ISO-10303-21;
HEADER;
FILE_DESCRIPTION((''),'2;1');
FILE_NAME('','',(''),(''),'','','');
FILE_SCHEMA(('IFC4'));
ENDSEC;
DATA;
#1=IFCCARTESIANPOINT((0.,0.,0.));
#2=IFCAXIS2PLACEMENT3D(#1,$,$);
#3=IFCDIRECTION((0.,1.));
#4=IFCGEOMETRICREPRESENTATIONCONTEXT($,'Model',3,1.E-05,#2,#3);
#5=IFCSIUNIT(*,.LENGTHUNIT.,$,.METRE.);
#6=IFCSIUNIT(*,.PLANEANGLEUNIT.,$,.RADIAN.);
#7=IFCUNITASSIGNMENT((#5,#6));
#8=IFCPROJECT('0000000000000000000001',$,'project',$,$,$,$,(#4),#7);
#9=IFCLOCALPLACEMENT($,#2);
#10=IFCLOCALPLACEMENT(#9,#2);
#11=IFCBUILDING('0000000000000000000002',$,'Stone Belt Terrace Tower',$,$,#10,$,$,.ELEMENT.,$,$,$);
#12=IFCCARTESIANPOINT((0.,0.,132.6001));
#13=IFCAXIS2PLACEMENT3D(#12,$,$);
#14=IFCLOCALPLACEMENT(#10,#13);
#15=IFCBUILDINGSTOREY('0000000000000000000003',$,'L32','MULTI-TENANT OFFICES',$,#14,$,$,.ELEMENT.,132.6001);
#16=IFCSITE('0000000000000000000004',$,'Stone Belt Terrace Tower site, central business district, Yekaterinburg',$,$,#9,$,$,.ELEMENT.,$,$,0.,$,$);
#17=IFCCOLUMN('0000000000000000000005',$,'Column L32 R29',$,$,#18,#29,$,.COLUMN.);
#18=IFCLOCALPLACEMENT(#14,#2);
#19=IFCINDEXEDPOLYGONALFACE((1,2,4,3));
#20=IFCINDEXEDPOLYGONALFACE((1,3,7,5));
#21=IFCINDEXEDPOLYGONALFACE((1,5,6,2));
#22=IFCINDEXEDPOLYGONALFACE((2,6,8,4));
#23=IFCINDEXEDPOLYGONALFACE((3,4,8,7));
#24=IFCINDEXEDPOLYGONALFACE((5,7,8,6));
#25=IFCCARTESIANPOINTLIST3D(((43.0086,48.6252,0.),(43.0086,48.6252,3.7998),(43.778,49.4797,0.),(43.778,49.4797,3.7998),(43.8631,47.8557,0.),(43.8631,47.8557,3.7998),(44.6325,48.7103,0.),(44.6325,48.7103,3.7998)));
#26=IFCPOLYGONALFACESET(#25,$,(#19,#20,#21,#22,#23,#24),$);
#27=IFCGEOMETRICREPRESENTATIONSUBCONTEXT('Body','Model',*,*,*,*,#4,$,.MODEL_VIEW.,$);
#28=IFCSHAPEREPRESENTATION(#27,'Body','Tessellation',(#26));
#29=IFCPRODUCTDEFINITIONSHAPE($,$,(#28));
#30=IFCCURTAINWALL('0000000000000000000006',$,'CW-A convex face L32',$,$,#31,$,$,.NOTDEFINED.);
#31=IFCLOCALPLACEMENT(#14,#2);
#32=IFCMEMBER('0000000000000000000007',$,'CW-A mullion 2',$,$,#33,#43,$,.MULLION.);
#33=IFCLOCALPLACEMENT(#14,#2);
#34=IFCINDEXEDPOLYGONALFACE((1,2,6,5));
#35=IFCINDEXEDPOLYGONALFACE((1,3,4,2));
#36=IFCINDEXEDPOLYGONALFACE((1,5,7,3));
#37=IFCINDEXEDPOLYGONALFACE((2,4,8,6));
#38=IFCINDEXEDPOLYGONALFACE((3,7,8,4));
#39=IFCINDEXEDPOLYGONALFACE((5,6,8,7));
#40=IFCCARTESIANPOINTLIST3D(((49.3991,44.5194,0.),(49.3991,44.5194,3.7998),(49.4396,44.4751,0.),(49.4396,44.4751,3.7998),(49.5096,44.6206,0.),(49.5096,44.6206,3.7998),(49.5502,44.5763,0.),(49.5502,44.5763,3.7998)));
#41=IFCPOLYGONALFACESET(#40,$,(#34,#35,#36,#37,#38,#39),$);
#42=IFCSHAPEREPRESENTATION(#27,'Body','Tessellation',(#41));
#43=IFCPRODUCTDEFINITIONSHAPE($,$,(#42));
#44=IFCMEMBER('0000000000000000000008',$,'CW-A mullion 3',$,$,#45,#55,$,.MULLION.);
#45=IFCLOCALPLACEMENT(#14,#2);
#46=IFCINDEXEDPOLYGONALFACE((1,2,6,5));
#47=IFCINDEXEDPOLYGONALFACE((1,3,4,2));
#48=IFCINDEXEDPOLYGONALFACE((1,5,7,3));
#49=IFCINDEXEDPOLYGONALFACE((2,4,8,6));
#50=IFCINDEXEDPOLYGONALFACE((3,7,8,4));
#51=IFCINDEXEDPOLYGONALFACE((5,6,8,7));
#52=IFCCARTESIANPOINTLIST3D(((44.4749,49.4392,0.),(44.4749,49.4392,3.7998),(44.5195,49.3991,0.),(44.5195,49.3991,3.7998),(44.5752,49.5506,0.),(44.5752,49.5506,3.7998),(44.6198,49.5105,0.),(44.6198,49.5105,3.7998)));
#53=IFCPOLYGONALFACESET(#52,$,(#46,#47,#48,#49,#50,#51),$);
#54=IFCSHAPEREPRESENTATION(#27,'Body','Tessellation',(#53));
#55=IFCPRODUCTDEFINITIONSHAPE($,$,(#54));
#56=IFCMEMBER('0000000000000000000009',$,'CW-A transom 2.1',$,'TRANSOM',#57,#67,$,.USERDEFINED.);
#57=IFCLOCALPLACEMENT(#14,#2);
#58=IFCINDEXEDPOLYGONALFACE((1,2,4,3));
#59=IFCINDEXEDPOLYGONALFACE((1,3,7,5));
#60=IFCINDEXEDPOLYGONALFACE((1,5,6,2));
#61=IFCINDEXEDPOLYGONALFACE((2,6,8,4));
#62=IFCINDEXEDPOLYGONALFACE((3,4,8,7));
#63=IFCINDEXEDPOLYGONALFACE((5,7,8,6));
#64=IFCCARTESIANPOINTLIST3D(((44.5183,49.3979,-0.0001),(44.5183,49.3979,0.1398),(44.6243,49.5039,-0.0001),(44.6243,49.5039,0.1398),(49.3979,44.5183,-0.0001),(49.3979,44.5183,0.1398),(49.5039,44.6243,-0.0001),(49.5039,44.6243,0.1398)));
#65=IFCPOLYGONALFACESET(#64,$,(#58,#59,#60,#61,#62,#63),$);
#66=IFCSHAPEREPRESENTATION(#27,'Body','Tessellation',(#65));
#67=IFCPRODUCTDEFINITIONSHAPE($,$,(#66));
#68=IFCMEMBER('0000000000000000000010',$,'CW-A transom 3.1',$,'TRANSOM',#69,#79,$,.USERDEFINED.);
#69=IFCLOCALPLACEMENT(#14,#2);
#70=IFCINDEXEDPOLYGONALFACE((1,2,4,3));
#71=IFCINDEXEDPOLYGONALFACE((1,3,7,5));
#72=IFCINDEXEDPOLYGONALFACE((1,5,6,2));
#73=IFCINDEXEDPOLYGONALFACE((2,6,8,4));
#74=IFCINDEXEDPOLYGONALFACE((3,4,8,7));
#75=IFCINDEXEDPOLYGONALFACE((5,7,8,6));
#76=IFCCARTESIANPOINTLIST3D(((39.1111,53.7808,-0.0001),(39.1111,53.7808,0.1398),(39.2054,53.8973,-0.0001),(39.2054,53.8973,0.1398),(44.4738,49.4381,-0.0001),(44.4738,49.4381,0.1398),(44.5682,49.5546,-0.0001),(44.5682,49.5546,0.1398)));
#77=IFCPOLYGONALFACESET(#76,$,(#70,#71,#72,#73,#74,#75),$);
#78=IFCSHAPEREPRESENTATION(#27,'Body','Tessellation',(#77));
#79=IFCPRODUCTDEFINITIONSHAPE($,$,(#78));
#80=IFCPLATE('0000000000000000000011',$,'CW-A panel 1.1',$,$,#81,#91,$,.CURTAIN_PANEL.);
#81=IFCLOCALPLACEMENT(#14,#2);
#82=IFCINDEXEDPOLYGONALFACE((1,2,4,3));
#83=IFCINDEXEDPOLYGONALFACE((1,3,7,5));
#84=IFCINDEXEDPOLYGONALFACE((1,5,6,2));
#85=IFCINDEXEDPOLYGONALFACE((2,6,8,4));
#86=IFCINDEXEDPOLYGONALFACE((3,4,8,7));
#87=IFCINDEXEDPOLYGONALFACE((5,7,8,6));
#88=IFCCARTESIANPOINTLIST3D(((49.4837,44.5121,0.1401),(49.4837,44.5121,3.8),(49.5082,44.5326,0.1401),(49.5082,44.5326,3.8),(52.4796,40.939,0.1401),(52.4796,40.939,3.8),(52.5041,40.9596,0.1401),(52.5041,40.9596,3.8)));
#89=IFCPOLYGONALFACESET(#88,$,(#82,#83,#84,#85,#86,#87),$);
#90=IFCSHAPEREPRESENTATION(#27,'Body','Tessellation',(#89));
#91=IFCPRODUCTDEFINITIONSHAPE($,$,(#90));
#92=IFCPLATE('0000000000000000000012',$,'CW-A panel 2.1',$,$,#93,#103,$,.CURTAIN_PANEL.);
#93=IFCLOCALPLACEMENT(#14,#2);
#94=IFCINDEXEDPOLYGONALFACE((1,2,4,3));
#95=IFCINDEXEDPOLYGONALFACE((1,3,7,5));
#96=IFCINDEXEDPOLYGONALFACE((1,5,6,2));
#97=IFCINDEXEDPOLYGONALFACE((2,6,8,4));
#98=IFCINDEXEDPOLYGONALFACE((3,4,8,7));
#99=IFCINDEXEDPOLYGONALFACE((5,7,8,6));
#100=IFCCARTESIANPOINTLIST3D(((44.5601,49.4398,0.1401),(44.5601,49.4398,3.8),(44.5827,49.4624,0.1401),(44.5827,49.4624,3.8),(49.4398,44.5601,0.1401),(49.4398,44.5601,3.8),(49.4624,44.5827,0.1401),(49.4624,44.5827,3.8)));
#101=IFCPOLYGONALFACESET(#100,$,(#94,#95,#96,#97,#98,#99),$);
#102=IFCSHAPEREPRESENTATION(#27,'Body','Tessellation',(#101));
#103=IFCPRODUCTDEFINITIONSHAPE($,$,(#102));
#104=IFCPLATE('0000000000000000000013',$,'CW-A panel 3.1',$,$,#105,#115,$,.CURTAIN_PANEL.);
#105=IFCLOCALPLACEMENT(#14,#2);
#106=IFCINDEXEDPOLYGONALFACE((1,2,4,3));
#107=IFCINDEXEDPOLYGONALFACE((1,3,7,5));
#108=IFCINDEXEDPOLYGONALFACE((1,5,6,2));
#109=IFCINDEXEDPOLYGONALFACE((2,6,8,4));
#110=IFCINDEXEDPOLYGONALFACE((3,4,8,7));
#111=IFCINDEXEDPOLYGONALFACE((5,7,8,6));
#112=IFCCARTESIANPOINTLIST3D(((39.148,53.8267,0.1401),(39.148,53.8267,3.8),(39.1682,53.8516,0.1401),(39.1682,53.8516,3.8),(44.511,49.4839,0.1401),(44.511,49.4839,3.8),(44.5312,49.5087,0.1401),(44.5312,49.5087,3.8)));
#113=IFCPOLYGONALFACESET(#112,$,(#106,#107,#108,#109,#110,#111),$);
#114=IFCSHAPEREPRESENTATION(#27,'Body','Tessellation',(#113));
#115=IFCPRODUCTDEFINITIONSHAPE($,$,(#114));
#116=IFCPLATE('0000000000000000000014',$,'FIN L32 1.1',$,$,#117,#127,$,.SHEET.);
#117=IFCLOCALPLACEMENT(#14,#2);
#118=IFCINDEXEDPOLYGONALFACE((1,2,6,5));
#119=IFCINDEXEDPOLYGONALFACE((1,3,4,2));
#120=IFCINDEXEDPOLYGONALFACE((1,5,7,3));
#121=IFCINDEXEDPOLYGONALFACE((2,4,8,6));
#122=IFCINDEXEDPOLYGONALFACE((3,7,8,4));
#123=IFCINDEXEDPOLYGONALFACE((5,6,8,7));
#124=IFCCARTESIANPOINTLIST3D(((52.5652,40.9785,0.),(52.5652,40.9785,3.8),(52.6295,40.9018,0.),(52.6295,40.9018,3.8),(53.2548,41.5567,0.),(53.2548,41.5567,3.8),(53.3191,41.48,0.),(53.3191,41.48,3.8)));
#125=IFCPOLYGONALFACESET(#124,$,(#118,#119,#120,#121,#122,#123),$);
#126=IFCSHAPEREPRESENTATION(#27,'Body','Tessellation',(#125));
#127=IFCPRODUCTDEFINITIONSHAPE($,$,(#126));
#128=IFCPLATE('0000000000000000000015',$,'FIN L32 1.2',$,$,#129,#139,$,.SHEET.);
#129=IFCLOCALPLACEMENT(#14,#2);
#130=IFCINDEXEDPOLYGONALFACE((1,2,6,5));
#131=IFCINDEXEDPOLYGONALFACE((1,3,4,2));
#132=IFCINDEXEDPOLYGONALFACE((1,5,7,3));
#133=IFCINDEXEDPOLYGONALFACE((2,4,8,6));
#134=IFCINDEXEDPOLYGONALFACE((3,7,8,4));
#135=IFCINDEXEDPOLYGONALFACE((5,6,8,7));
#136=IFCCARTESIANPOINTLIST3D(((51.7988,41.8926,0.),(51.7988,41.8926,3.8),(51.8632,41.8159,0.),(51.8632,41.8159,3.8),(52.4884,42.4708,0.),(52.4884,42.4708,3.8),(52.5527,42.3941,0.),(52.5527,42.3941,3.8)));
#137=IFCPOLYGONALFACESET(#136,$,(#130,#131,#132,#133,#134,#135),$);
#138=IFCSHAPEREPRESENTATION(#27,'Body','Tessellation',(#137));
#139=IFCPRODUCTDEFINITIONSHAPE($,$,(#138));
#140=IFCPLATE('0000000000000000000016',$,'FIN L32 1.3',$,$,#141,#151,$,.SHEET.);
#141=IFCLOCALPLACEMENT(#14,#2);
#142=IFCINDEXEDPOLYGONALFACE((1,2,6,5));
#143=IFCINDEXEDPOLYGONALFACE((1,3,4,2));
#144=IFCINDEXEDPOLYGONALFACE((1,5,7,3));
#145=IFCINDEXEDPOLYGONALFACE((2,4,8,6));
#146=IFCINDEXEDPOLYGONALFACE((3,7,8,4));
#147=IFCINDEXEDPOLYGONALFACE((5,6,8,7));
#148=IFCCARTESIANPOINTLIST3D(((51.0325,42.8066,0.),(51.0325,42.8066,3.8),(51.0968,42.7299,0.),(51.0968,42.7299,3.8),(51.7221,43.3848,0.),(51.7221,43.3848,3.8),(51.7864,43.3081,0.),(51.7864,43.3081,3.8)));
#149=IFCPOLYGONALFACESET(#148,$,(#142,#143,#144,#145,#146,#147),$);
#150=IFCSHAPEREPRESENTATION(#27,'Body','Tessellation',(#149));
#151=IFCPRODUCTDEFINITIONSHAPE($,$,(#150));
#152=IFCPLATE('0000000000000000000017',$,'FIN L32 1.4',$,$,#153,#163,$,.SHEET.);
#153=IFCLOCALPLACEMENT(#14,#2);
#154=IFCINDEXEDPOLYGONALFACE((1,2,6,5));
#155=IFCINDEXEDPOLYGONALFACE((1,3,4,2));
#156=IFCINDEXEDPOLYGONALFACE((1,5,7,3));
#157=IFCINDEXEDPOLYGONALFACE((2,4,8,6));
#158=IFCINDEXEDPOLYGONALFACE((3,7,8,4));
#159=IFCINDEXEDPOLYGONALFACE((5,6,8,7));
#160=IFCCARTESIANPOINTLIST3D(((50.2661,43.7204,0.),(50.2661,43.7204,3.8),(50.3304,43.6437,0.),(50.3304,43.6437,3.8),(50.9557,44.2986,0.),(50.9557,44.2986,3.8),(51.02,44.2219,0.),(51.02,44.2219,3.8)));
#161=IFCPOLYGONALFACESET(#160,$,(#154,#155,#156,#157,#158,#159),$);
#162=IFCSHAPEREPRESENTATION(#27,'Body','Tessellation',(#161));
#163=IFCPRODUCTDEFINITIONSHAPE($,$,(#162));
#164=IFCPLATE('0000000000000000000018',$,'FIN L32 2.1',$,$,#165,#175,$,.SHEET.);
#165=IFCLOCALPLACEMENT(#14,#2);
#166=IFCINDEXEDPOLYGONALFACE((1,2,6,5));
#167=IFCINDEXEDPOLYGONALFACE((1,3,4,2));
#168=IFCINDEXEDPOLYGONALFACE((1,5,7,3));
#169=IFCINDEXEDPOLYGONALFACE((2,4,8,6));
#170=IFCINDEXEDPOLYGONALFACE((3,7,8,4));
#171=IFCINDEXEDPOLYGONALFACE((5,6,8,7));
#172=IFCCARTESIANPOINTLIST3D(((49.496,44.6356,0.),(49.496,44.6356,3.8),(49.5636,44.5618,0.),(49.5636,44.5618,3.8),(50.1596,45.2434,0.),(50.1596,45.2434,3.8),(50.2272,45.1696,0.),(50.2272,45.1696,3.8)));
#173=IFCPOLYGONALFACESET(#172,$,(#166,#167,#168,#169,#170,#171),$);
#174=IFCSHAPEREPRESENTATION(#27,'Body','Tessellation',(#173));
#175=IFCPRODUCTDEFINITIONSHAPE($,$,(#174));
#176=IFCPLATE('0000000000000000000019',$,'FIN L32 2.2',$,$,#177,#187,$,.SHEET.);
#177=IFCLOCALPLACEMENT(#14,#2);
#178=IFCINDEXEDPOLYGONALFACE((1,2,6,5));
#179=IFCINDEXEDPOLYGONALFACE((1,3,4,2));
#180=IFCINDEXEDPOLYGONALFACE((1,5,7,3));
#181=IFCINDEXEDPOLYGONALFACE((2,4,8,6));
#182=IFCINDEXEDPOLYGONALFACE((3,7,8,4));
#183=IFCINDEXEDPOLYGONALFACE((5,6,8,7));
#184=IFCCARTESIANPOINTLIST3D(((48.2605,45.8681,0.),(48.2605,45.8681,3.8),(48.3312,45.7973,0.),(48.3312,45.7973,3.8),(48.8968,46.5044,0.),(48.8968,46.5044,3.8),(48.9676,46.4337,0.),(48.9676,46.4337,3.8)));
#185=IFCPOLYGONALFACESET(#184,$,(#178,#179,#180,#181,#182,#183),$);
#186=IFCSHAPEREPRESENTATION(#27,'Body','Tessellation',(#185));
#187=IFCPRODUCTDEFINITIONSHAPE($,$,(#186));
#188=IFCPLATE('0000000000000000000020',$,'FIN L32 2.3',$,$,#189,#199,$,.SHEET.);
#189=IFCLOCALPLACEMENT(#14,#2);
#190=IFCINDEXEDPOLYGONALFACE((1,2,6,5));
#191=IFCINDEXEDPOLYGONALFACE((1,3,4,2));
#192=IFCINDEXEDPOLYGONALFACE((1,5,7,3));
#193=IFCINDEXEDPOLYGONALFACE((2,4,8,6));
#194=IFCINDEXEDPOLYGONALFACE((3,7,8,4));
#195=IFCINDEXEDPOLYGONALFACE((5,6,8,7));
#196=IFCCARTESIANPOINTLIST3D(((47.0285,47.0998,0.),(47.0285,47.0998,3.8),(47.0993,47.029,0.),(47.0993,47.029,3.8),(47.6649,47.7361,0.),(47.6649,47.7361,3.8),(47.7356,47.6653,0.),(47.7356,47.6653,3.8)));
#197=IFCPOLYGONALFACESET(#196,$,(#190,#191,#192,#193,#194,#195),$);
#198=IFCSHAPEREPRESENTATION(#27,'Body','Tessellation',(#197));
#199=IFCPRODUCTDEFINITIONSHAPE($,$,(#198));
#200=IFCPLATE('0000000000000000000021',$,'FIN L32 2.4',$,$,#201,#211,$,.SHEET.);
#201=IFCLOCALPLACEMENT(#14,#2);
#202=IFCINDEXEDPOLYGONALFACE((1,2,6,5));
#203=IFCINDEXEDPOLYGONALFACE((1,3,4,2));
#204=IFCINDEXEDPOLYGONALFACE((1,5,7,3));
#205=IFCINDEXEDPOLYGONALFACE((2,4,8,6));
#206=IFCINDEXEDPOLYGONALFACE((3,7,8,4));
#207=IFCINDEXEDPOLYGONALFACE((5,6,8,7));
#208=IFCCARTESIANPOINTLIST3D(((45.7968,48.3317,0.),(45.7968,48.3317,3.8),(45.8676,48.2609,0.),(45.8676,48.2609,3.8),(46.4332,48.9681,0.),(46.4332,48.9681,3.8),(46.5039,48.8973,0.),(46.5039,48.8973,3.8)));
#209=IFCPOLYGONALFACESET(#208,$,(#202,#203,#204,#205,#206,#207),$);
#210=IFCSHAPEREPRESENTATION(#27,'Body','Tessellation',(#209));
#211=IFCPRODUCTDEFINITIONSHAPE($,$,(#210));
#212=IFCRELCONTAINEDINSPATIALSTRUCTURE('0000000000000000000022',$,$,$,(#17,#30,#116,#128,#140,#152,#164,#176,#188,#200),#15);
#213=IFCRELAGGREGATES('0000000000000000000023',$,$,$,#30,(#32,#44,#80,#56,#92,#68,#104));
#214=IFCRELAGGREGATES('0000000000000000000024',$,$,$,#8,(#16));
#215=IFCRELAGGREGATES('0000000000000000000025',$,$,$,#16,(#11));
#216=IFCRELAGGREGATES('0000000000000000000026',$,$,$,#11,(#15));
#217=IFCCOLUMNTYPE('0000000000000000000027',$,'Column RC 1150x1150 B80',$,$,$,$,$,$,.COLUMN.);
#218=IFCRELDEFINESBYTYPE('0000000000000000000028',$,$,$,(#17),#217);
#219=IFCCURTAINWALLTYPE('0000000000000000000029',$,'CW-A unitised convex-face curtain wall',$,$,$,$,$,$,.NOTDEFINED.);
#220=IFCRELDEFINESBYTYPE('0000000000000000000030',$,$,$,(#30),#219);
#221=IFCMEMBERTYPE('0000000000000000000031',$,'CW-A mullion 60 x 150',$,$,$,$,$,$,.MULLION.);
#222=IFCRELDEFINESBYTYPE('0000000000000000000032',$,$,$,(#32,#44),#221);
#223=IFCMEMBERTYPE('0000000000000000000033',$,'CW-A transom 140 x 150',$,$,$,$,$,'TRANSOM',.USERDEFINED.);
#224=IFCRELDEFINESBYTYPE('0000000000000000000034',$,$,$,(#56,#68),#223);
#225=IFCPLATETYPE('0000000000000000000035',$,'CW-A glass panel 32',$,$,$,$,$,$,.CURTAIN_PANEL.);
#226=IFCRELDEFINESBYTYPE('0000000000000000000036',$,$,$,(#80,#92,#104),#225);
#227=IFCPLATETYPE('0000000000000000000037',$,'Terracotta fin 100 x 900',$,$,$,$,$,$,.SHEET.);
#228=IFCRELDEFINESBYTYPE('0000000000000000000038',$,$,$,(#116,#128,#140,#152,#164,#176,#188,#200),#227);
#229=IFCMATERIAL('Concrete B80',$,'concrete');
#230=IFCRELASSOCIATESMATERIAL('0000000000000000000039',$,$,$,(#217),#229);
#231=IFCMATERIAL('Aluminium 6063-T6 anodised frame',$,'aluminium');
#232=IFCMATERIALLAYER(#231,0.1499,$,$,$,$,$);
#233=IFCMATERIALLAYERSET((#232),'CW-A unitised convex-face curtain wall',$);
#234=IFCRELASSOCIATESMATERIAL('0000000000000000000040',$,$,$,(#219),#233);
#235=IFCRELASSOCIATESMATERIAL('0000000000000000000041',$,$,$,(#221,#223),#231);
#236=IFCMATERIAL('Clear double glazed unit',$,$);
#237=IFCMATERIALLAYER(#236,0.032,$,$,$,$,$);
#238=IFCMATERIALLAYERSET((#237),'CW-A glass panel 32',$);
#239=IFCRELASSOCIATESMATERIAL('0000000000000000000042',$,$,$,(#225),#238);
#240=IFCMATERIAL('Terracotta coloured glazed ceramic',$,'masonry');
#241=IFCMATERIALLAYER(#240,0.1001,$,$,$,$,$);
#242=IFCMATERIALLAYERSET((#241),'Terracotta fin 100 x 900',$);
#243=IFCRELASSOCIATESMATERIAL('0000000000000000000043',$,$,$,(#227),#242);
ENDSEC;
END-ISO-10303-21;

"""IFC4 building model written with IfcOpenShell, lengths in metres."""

from ifc_helpers import new_model, si_unit, direction, frame, origin, origin_2d, place, context, subcontext, project, spatial, rectangle, extrude, material, layer, layer_set, material_profile, profile_set, type_object, element, aggregate, save


model = new_model("IFC4")

# Units and contexts
model_context = context("Model", 3, precision=1e-05, world=origin(), true_north=direction((0.0, 1.0)))
body_context = subcontext(model_context, "Body", "Model", "MODEL_VIEW")
ifc_project = project(units=[si_unit("LENGTHUNIT", "METRE"), si_unit("PLANEANGLEUNIT", "RADIAN")], contexts=[model_context])

# Site, building, storey
site_placement = place(None, origin())
site = spatial("IfcSite", under=ifc_project, at=site_placement, Name="Stone Belt Terrace Tower site, central business district, Yekaterinburg", CompositionType="ELEMENT", RefElevation=0.0)
building_placement = place(site_placement, origin())
building = spatial("IfcBuilding", under=site, at=building_placement, Name="Stone Belt Terrace Tower", CompositionType="ELEMENT")
storey_placement = place(building_placement, frame((0.0, 0.0, 132.6001)))
storey = spatial("IfcBuildingStorey", under=building, at=storey_placement, Name="L32", Description="MULTI-TENANT OFFICES", CompositionType="ELEMENT", Elevation=132.6001)

# Column
ifc_material_1 = material(Name="Concrete B80", Category="concrete")
ifc_material_profile_1 = material_profile(ifc_material_1, rectangle(XDim=1.1499, YDim=1.1499, at=origin_2d()), Name="RC 1150x1150")
ifc_profile_set_1 = profile_set([ifc_material_profile_1], Name="Concrete B80")
column_type = type_object("IfcColumnType", Name="Column RC 1150x1150 B80", PredefinedType="COLUMN", material=ifc_profile_set_1)
column_placement = place(storey_placement, frame((43.8206, 48.6677, 0.0), z_axis=(0.0, 0.0, 1.0), x_axis=(0.743145, -0.669131, 0.0)))
element("IfcColumn", 1, at=column_placement, inside=storey, type_object=column_type, Name="Column L32 R29", PredefinedType="COLUMN", context=body_context, shape_type="SweptSolid", body=[
    extrude(rectangle(XDim=1.1499, YDim=1.1499, at=origin_2d()), origin(), (0.0, 0.0, 1.0), 3.7998),
])

# Curtain wall, members, plates
ifc_material_2 = material(Name="Aluminium 6063-T6 anodised frame", Category="aluminium")
ifc_layer_1 = layer(ifc_material_2, 0.1499)
ifc_layer_set_1 = layer_set([ifc_layer_1], Name="CW-A unitised convex-face curtain wall")
curtain_wall_type = type_object("IfcCurtainWallType", Name="CW-A unitised convex-face curtain wall", PredefinedType="NOTDEFINED", material=ifc_layer_set_1)
curtain_wall_placement = place(storey_placement, origin())
curtain_wall = element("IfcCurtainWall", 2, at=curtain_wall_placement, inside=storey, type_object=curtain_wall_type, Name="CW-A convex face L32", PredefinedType="NOTDEFINED")
ifc_material_profile_2 = material_profile(ifc_material_2, rectangle(XDim=0.1499, YDim=0.0601, at=origin_2d()), Name="Aluminium 6063-T6 60x150")
ifc_profile_set_2 = profile_set([ifc_material_profile_2], Name="Aluminium 6063-T6 anodised frame")
member_type_1 = type_object("IfcMemberType", Name="CW-A mullion 60 x 150", PredefinedType="MULLION", material=ifc_profile_set_2)
member_1_placement = place(storey_placement, frame((49.4746, 44.5479, 0.0), z_axis=(0.0, 0.0, 1.0), x_axis=(-0.7374, -0.675456, 0.0)))
member_1 = element("IfcMember", 3, at=member_1_placement, type_object=member_type_1, Name="CW-A mullion 2", PredefinedType="MULLION", context=body_context, shape_type="SweptSolid", body=[
    extrude(rectangle(XDim=0.1499, YDim=0.0601, at=origin_2d()), origin(), (0.0, 0.0, 1.0), 3.7998),
])
member_2_placement = place(storey_placement, frame((44.5474, 49.4749, 0.0), z_axis=(0.0, 0.0, 1.0), x_axis=(-0.669131, -0.743145, 0.0)))
member_2 = element("IfcMember", 4, at=member_2_placement, type_object=member_type_1, Name="CW-A mullion 3", PredefinedType="MULLION", context=body_context, shape_type="SweptSolid", body=[
    extrude(rectangle(XDim=0.1499, YDim=0.0601, at=origin_2d()), origin(), (0.0, 0.0, 1.0), 3.7998),
])
ifc_material_profile_3 = material_profile(ifc_material_2, rectangle(XDim=0.1499, YDim=0.1399, at=origin_2d()), Name="Aluminium 6063-T6 150x140")
ifc_profile_set_3 = profile_set([ifc_material_profile_3], Name="Aluminium 6063-T6 anodised frame")
member_type_2 = type_object("IfcMemberType", Name="CW-A transom 140 x 150", ElementType="TRANSOM", PredefinedType="USERDEFINED", material=ifc_profile_set_3)
member_3_placement = place(storey_placement, frame((49.4509, 44.5713, 0.0698), z_axis=(-0.707107, 0.707107, 0.0), x_axis=(-0.707107, -0.707107, 0.0)))
member_3 = element("IfcMember", 5, at=member_3_placement, type_object=member_type_2, Name="CW-A transom 2.1", ObjectType="TRANSOM", PredefinedType="USERDEFINED", context=body_context, shape_type="SweptSolid", body=[
    extrude(rectangle(XDim=0.1499, YDim=0.1399, at=origin_2d()), origin(), (0.0, 0.0, 1.0), 6.9009),
])
member_4_placement = place(storey_placement, frame((44.521, 49.4963, 0.0698), z_axis=(-0.777141, 0.629326, 0.0), x_axis=(-0.629326, -0.777141, 0.0)))
member_4 = element("IfcMember", 6, at=member_4_placement, type_object=member_type_2, Name="CW-A transom 3.1", ObjectType="TRANSOM", PredefinedType="USERDEFINED", context=body_context, shape_type="SweptSolid", body=[
    extrude(rectangle(XDim=0.1499, YDim=0.1399, at=origin_2d()), origin(), (0.0, 0.0, 1.0), 6.9006),
])
ifc_material_3 = material(Name="Clear double glazed unit")
ifc_layer_2 = layer(ifc_material_3, 0.032)
ifc_layer_set_2 = layer_set([ifc_layer_2], Name="CW-A glass panel 32")
plate_type_1 = type_object("IfcPlateType", Name="CW-A glass panel 32", PredefinedType="CURTAIN_PANEL", material=ifc_layer_set_2)
plate_1_placement = place(storey_placement, frame((50.9939, 42.7358, 0.1401), z_axis=(0.0, 0.0, 1.0), x_axis=(-0.642509, 0.766278, 0.0)))
plate_1 = element("IfcPlate", 7, at=plate_1_placement, type_object=plate_type_1, Name="CW-A panel 1.1", PredefinedType="CURTAIN_PANEL", context=body_context, shape_type="SweptSolid", body=[
    extrude(rectangle(XDim=4.6628, YDim=0.032, at=origin_2d()), origin(), (0.0, 0.0, 1.0), 3.6599),
])
plate_2_placement = place(storey_placement, frame((47.0112, 47.0112, 0.1401), z_axis=(0.0, 0.0, 1.0), x_axis=(-0.707107, 0.707107, 0.0)))
plate_2 = element("IfcPlate", 8, at=plate_2_placement, type_object=plate_type_1, Name="CW-A panel 2.1", PredefinedType="CURTAIN_PANEL", context=body_context, shape_type="SweptSolid", body=[
    extrude(rectangle(XDim=6.9009, YDim=0.032, at=origin_2d()), origin(), (0.0, 0.0, 1.0), 3.6599),
])
plate_3_placement = place(storey_placement, frame((41.8396, 51.6677, 0.1401), z_axis=(0.0, 0.0, 1.0), x_axis=(-0.777146, 0.62932, 0.0)))
plate_3 = element("IfcPlate", 9, at=plate_3_placement, type_object=plate_type_1, Name="CW-A panel 3.1", PredefinedType="CURTAIN_PANEL", context=body_context, shape_type="SweptSolid", body=[
    extrude(rectangle(XDim=6.9009, YDim=0.032, at=origin_2d()), origin(), (0.0, 0.0, 1.0), 3.6599),
])
aggregate(curtain_wall, [member_1, member_2, plate_1, member_3, plate_2, member_4, plate_3])

# Plates
ifc_material_4 = material(Name="Terracotta coloured glazed ceramic", Category="masonry")
ifc_layer_3 = layer(ifc_material_4, 0.1001)
ifc_layer_set_3 = layer_set([ifc_layer_3], Name="Terracotta fin 100 x 900")
plate_type_2 = type_object("IfcPlateType", Name="Terracotta fin 100 x 900", PredefinedType="SHEET", material=ifc_layer_set_3)
for number, where, z_axis, x_axis, name in (
    (10, (52.9421, 41.2292, 0.0), (0.0, 0.0, 1.0), (0.766278, 0.642509, 0.0), "FIN L32 1.1"),
    (11, (52.1758, 42.1433, 0.0), (0.0, 0.0, 1.0), (0.766278, 0.642509, 0.0), "FIN L32 1.2"),
    (12, (51.4094, 43.0574, 0.0), (0.0, 0.0, 1.0), (0.766278, 0.642509, 0.0), "FIN L32 1.3"),
    (13, (50.6431, 43.9712, 0.0), (0.0, 0.0, 1.0), (0.766278, 0.642509, 0.0), "FIN L32 1.4"),
    (14, (49.8616, 44.9026, 0.0), (0.0, 0.0, 1.0), (0.7374, 0.675456, 0.0), "FIN L32 2.1"),
    (15, (48.614, 46.1509, 0.0), (0.0, 0.0, 1.0), (0.707107, 0.707107, 0.0), "FIN L32 2.2"),
    (16, (47.3821, 47.3826, 0.0), (0.0, 0.0, 1.0), (0.707107, 0.707107, 0.0), "FIN L32 2.3"),
    (17, (46.1504, 48.6145, 0.0), (0.0, 0.0, 1.0), (0.707107, 0.707107, 0.0), "FIN L32 2.4"),
):
    element("IfcPlate", number, at=place(storey_placement, frame(where, z_axis=z_axis, x_axis=x_axis)), inside=storey, type_object=plate_type_2, Name=name, PredefinedType="SHEET", context=body_context, shape_type="SweptSolid", body=[
        extrude(rectangle(XDim=0.8999, YDim=0.1001, at=origin_2d()), origin(), (0.0, 0.0, 1.0), 3.8),
    ])

save(model, "model.ifc")
